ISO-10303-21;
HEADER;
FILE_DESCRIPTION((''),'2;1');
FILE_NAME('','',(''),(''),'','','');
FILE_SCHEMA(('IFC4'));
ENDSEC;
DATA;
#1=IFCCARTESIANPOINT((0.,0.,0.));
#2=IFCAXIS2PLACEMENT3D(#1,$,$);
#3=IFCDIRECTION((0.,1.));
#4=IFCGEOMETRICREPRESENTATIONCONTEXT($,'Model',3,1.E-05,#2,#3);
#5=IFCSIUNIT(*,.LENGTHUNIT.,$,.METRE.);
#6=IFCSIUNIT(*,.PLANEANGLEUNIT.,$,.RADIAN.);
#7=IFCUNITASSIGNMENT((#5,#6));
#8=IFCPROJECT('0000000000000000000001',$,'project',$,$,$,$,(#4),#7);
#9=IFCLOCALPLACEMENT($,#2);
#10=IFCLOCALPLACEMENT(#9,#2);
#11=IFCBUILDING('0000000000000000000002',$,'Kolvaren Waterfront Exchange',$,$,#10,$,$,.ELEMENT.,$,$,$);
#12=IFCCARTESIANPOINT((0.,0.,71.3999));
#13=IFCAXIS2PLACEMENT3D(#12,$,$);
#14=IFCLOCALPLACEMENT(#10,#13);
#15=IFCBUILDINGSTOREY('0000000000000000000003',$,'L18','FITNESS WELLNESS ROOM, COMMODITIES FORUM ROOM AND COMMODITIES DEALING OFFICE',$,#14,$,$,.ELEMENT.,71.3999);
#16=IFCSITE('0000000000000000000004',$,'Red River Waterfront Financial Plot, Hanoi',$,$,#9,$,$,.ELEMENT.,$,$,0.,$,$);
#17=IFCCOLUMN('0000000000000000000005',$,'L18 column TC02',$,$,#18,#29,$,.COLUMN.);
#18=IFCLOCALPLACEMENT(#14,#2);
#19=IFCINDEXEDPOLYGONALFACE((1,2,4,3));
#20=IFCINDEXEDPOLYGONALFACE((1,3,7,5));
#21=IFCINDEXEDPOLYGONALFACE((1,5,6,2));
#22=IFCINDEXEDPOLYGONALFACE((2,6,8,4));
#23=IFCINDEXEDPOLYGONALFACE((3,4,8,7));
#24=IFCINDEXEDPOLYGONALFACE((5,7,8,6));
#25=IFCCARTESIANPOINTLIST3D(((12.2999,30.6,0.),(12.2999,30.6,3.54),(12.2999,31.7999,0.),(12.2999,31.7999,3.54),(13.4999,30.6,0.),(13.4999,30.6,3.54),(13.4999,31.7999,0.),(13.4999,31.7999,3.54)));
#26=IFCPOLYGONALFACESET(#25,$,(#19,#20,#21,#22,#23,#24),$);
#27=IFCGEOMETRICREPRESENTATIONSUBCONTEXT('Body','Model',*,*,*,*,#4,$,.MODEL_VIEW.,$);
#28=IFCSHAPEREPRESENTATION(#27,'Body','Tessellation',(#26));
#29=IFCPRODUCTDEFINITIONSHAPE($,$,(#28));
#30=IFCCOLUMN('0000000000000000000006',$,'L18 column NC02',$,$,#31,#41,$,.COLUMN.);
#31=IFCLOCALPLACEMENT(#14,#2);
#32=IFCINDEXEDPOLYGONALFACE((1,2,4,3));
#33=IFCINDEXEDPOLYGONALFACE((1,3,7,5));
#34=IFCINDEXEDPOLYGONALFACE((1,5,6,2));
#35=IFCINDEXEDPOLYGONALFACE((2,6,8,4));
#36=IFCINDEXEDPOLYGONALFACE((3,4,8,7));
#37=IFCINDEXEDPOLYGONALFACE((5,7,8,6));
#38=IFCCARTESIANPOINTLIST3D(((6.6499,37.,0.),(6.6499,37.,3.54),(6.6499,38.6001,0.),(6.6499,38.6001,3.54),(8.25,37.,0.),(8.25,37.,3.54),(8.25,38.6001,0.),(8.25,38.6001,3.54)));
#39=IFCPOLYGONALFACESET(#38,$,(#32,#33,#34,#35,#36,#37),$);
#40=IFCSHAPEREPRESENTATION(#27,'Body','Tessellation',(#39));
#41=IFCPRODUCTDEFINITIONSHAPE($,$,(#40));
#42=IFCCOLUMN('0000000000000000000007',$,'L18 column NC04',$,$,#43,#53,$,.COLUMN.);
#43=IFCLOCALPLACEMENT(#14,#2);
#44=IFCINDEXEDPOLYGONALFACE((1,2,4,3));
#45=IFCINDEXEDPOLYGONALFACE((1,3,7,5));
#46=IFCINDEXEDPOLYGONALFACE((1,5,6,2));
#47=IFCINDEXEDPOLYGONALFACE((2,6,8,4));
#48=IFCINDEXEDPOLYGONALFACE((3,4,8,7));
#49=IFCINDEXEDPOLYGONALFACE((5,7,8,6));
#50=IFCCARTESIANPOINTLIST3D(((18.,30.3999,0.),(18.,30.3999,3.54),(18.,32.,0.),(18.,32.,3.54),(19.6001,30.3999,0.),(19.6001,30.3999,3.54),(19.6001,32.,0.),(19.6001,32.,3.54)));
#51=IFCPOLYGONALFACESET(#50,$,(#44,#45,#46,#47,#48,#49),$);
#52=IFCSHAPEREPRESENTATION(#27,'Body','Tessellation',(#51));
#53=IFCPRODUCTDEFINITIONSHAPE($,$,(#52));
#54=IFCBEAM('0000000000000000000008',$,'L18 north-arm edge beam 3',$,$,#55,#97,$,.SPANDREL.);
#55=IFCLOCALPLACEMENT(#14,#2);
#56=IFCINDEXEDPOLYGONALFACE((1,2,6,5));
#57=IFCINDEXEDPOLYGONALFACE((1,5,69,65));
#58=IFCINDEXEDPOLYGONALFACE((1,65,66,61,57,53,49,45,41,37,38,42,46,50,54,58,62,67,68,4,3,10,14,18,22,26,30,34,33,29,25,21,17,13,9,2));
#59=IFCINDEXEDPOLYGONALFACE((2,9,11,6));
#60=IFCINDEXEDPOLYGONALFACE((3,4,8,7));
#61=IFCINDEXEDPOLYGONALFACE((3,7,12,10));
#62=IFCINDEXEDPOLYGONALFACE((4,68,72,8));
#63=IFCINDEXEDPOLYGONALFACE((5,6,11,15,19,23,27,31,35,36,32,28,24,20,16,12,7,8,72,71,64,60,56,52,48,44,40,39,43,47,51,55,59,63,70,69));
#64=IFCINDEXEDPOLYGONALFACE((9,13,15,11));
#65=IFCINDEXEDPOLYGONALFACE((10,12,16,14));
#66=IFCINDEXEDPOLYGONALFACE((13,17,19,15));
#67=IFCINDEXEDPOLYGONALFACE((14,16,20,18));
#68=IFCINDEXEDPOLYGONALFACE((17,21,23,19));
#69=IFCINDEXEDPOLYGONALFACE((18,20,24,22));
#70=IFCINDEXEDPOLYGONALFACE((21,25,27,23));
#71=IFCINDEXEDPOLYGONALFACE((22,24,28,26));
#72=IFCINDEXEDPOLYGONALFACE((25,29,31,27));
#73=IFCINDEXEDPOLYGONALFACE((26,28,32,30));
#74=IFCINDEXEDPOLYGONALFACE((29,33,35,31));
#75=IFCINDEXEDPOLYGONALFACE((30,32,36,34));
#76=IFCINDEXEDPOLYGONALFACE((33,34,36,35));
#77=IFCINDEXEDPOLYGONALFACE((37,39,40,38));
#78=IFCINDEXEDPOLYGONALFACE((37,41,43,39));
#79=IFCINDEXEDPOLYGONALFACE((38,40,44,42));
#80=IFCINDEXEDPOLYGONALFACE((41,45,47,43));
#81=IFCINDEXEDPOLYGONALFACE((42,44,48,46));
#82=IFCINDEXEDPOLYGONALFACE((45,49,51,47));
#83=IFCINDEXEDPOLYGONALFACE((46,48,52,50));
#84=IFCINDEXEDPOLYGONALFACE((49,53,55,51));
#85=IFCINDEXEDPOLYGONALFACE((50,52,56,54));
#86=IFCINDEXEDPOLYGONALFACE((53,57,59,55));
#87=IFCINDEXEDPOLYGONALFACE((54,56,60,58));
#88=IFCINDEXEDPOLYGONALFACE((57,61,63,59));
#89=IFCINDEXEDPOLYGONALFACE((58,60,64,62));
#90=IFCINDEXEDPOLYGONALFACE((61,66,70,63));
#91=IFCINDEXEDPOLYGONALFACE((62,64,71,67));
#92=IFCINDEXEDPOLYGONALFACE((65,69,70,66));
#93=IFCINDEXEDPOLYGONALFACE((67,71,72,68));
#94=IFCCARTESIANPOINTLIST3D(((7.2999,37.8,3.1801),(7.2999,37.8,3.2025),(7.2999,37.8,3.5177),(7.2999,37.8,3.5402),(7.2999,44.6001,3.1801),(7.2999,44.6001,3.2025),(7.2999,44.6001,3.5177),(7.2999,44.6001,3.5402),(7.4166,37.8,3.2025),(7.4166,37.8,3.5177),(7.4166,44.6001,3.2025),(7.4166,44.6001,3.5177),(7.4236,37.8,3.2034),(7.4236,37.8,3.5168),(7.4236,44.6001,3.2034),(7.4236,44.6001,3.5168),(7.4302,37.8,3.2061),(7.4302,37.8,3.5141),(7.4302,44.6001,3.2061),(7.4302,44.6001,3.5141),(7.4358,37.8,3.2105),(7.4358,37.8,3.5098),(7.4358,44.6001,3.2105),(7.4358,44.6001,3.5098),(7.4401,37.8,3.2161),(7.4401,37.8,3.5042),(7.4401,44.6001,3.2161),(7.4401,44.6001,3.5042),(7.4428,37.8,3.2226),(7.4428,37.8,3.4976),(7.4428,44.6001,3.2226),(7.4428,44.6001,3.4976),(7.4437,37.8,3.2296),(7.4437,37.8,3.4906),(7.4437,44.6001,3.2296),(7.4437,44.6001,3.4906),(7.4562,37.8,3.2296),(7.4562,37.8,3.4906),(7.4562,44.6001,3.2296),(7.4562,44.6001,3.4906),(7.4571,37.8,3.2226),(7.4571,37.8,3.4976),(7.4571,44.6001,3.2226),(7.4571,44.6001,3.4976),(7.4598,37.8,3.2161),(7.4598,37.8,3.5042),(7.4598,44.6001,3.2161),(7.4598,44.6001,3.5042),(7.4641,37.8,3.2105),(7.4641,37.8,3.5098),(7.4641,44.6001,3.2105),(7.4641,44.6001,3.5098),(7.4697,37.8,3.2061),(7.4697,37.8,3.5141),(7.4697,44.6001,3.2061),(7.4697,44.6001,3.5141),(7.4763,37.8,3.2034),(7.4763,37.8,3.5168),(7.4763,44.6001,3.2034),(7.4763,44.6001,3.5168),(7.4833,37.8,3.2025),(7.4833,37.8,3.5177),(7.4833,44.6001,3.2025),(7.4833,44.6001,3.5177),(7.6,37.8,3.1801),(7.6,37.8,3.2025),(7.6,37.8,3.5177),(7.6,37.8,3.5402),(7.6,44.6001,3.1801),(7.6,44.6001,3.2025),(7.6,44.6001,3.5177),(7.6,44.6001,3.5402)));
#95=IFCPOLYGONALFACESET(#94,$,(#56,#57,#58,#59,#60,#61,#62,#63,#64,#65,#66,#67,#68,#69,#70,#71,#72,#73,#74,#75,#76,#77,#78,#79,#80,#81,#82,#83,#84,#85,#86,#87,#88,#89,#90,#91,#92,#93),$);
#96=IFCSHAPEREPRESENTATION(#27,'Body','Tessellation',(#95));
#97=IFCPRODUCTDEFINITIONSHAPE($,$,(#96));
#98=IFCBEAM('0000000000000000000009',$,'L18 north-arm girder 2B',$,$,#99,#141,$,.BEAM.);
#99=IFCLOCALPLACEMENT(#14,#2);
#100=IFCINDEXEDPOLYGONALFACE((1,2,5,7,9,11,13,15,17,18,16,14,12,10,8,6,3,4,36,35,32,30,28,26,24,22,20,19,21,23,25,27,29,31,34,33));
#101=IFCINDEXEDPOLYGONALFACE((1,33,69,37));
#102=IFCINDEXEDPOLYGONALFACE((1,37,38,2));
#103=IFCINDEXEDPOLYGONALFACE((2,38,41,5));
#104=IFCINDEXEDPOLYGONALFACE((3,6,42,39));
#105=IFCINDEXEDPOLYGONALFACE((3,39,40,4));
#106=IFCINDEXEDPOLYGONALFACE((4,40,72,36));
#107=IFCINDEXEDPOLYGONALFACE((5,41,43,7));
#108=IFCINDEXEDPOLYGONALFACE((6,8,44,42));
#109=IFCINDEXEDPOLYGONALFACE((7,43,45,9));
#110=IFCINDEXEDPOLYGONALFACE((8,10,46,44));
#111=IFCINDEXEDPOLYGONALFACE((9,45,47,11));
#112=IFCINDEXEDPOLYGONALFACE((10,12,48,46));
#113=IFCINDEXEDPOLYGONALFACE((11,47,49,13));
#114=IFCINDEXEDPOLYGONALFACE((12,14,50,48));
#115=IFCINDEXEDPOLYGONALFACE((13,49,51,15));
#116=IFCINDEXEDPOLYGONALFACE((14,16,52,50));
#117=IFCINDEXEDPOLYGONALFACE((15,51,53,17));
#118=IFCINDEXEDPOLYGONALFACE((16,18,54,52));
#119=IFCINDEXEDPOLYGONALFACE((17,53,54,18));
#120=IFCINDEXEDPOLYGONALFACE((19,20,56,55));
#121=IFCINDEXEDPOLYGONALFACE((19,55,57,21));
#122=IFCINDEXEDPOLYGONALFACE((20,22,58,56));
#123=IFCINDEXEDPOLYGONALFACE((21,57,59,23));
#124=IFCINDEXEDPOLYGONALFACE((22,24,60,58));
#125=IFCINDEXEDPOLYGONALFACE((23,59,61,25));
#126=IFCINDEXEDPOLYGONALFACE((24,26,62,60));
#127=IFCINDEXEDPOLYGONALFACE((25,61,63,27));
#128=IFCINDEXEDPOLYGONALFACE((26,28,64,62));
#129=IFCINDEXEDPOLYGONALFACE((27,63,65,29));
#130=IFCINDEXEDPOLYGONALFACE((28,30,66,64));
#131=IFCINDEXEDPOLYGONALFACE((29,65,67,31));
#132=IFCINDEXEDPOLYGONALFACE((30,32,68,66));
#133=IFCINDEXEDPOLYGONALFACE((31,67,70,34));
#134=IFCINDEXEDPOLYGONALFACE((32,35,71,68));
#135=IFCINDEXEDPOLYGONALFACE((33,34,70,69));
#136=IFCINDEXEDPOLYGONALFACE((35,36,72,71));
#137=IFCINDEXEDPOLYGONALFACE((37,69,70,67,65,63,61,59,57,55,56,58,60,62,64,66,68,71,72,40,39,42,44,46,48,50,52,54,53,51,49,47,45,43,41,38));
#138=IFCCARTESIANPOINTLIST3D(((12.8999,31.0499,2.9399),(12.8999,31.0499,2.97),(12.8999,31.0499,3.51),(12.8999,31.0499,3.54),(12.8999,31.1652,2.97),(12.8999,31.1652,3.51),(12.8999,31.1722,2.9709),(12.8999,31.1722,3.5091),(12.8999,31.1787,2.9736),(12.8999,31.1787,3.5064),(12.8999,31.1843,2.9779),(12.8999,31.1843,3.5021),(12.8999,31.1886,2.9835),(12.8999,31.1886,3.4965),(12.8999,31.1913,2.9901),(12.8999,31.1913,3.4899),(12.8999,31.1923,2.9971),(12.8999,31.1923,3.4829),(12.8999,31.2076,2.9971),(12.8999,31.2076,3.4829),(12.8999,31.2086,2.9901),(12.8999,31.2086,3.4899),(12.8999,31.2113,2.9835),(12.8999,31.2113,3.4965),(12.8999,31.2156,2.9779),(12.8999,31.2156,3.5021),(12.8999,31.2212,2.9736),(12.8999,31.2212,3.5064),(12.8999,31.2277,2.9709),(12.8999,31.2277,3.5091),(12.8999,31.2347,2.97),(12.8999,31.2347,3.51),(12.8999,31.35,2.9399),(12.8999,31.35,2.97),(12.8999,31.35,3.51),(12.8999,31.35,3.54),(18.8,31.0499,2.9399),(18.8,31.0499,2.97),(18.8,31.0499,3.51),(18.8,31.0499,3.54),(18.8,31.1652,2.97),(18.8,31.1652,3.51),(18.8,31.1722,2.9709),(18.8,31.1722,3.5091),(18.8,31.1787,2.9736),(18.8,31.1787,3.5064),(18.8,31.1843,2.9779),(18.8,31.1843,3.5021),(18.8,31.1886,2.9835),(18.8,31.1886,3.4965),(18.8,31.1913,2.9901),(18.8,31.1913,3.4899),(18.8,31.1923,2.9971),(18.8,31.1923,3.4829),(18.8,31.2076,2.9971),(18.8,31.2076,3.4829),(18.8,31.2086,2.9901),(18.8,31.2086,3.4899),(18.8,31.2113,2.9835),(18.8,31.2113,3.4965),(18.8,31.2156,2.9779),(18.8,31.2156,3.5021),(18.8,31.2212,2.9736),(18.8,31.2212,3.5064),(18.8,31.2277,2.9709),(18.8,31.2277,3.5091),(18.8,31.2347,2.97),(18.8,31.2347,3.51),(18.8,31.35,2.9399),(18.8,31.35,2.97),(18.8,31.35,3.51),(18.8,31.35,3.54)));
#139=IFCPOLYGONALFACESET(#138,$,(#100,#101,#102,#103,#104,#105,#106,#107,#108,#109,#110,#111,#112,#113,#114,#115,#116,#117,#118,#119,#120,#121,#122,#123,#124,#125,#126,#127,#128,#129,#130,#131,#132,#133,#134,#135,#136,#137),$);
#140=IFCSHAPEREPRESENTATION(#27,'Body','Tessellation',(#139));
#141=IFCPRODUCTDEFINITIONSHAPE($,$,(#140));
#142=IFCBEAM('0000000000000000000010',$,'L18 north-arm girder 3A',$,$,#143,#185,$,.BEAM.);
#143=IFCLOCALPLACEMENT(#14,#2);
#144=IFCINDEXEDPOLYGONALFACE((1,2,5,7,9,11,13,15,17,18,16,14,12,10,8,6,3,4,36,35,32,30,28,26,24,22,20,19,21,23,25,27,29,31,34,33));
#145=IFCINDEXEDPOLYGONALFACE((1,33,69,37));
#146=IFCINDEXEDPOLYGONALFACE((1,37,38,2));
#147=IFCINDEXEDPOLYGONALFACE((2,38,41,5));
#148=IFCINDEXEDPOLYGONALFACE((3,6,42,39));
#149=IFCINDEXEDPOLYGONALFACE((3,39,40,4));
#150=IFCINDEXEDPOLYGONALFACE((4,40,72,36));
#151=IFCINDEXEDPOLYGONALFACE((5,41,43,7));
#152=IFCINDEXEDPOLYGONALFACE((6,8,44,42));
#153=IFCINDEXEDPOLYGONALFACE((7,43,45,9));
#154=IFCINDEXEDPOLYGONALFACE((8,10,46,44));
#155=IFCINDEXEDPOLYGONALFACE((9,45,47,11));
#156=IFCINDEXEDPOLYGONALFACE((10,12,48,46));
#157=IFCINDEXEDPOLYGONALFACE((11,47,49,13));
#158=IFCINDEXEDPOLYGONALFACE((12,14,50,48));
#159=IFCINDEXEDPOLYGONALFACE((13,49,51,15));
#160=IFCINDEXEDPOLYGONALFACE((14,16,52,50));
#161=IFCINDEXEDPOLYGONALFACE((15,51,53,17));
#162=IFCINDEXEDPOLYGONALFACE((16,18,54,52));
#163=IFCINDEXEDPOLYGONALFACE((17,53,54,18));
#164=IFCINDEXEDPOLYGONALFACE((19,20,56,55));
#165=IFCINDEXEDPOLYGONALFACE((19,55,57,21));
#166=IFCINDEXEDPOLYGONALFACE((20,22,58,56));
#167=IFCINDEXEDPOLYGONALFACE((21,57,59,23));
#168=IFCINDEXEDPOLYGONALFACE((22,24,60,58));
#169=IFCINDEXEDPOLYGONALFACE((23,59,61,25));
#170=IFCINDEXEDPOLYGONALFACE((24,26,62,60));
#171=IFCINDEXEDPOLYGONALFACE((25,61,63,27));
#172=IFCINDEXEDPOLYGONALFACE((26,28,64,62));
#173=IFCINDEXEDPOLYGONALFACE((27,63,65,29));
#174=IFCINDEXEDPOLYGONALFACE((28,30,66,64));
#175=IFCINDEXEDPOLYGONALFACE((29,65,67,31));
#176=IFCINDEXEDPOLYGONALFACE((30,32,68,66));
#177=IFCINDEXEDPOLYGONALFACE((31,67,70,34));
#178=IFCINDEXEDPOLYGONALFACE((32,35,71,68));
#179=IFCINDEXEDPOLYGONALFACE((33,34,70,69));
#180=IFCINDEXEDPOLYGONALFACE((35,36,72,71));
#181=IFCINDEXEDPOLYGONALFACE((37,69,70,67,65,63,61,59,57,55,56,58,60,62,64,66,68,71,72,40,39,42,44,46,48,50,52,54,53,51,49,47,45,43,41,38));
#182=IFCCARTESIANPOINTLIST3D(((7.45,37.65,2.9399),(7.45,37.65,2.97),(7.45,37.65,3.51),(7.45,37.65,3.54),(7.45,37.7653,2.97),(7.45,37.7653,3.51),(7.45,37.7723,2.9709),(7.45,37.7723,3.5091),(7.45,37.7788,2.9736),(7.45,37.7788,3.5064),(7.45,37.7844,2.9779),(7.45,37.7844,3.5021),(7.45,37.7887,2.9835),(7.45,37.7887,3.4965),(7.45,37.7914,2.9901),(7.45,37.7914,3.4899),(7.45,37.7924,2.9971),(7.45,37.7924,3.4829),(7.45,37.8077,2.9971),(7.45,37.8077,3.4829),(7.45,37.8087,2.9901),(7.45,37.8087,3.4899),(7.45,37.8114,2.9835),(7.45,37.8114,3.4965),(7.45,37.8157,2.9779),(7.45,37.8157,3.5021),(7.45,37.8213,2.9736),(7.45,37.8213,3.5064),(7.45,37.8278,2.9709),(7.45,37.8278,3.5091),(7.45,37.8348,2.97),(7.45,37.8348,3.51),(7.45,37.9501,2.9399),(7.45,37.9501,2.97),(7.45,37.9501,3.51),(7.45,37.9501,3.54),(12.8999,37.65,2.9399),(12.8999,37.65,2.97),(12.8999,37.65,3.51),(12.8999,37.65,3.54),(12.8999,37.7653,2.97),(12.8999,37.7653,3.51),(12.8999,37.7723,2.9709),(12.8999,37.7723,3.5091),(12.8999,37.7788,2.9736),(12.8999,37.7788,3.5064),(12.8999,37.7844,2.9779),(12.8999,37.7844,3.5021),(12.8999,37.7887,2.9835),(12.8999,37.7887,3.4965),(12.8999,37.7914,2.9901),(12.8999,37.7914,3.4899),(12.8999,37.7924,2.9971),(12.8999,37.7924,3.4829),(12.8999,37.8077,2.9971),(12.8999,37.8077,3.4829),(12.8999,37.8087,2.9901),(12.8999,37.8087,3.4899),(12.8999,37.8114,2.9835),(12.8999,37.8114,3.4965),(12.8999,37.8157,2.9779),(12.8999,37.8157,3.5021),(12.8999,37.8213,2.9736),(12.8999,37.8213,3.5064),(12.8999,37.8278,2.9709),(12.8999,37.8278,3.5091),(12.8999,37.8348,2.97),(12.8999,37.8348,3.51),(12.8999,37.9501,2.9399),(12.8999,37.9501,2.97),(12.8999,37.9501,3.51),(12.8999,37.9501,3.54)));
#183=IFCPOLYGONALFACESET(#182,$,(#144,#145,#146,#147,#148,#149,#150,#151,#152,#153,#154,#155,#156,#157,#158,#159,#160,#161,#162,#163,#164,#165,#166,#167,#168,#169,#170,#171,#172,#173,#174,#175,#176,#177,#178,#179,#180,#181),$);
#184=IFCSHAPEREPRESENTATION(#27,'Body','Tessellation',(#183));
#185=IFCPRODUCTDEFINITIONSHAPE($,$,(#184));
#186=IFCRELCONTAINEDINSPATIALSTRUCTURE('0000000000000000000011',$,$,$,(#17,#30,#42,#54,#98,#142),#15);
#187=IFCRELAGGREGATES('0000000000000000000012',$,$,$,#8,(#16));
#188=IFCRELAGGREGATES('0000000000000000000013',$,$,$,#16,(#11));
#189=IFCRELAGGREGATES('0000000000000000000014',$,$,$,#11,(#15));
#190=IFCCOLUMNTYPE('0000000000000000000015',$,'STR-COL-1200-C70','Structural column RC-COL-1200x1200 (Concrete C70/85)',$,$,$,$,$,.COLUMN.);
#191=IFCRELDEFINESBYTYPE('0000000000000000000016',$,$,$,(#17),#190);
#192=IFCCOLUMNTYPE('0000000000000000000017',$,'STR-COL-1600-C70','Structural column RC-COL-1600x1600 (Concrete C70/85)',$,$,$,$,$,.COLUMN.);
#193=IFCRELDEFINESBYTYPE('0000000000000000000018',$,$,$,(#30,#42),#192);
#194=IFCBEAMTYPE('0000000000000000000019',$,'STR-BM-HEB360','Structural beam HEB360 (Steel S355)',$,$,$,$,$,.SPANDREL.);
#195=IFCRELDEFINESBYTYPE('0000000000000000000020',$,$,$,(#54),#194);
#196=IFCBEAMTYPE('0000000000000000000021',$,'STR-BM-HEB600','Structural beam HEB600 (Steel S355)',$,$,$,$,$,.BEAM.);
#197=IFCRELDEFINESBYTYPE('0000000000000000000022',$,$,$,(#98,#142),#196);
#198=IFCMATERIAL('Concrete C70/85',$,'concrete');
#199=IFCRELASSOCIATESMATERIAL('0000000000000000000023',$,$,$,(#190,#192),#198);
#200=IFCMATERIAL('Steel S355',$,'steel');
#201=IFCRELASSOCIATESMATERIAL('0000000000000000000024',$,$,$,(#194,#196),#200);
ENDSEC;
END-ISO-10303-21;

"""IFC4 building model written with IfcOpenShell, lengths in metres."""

from ifc_helpers import new_model, si_unit, direction, frame, origin, origin_2d, place, context, subcontext, project, spatial, rectangle, i_section, extrude, material, material_profile, profile_set, type_object, element, save


model = new_model("IFC4")

# Units and contexts
model_context = context("Model", 3, precision=1e-05, world=origin(), true_north=direction((0.0, 1.0)))
body_context = subcontext(model_context, "Body", "Model", "MODEL_VIEW")
ifc_project = project(units=[si_unit("LENGTHUNIT", "METRE"), si_unit("PLANEANGLEUNIT", "RADIAN")], contexts=[model_context])

# Site, building, storey
site_placement = place(None, origin())
site = spatial("IfcSite", under=ifc_project, at=site_placement, Name="Red River Waterfront Financial Plot, Hanoi", CompositionType="ELEMENT", RefElevation=0.0)
building_placement = place(site_placement, origin())
building = spatial("IfcBuilding", under=site, at=building_placement, Name="Kolvaren Waterfront Exchange", CompositionType="ELEMENT")
storey_placement = place(building_placement, frame((0.0, 0.0, 71.3999)))
storey = spatial("IfcBuildingStorey", under=building, at=storey_placement, Name="L18", Description="FITNESS WELLNESS ROOM, COMMODITIES FORUM ROOM AND COMMODITIES DEALING OFFICE", CompositionType="ELEMENT", Elevation=71.3999)

# Columns
ifc_material_1 = material(Name="Concrete C70/85", Category="concrete")
ifc_material_profile_1 = material_profile(ifc_material_1, rectangle(XDim=1.2, YDim=1.2, at=origin_2d()), Name="RC-COL-1200x1200")
ifc_profile_set_1 = profile_set([ifc_material_profile_1], Name="Concrete C70/85")
column_type_1 = type_object("IfcColumnType", Name="STR-COL-1200-C70", Description="Structural column RC-COL-1200x1200 (Concrete C70/85)", PredefinedType="COLUMN", material=ifc_profile_set_1)
column_placement = place(storey_placement, frame((12.8999, 31.2, 0.0), z_axis=(0.0, 0.0, 1.0), x_axis=(1.0, 0.0, 0.0)))
element("IfcColumn", 1, at=column_placement, inside=storey, type_object=column_type_1, Name="L18 column TC02", PredefinedType="COLUMN", context=body_context, shape_type="SweptSolid", body=[
    extrude(rectangle(XDim=1.2, YDim=1.2, at=origin_2d()), origin(), (0.0, 0.0, 1.0), 3.54),
])
ifc_material_profile_2 = material_profile(ifc_material_1, rectangle(XDim=1.6001, YDim=1.6001, at=origin_2d()), Name="RC-COL-1600x1600")
ifc_profile_set_2 = profile_set([ifc_material_profile_2], Name="Concrete C70/85")
column_type_2 = type_object("IfcColumnType", Name="STR-COL-1600-C70", Description="Structural column RC-COL-1600x1600 (Concrete C70/85)", PredefinedType="COLUMN", material=ifc_profile_set_2)
for number, where, z_axis, x_axis, name in (
    (2, (7.45, 37.8, 0.0), (0.0, 0.0, 1.0), (1.0, 0.0, 0.0), "L18 column NC02"),
    (3, (18.8, 31.2, 0.0), (0.0, 0.0, 1.0), (1.0, 0.0, 0.0), "L18 column NC04"),
):
    element("IfcColumn", number, at=place(storey_placement, frame(where, z_axis=z_axis, x_axis=x_axis)), inside=storey, type_object=column_type_2, Name=name, PredefinedType="COLUMN", context=body_context, shape_type="SweptSolid", body=[
        extrude(rectangle(XDim=1.6001, YDim=1.6001, at=origin_2d()), origin(), (0.0, 0.0, 1.0), 3.54),
    ])

# Beams
ifc_material_2 = material(Name="Steel S355", Category="steel")
ifc_material_profile_3 = material_profile(ifc_material_2, i_section(OverallWidth=0.3, OverallDepth=0.3601, WebThickness=0.0125, FlangeThickness=0.0225, FilletRadius=0.0271, at=origin_2d()), Name="HEB360")
ifc_profile_set_3 = profile_set([ifc_material_profile_3], Name="Steel S355")
beam_type_1 = type_object("IfcBeamType", Name="STR-BM-HEB360", Description="Structural beam HEB360 (Steel S355)", PredefinedType="SPANDREL", material=ifc_profile_set_3)
beam_1_placement = place(storey_placement, frame((7.45, 37.8, 3.3601), z_axis=(0.0, 1.0, 0.0), x_axis=(-1.0, 0.0, 0.0)))
element("IfcBeam", 4, at=beam_1_placement, inside=storey, type_object=beam_type_1, Name="L18 north-arm edge beam 3", PredefinedType="SPANDREL", context=body_context, shape_type="SweptSolid", body=[
    extrude(i_section(OverallWidth=0.3, OverallDepth=0.3601, WebThickness=0.0125, FlangeThickness=0.0225, FilletRadius=0.0271, at=origin_2d()), origin(), (0.0, 0.0, 1.0), 6.8),
])
ifc_material_profile_4 = material_profile(ifc_material_2, i_section(OverallWidth=0.3, OverallDepth=0.6001, WebThickness=0.0154, FlangeThickness=0.03, FilletRadius=0.0271, at=origin_2d()), Name="HEB600")
ifc_profile_set_4 = profile_set([ifc_material_profile_4], Name="Steel S355")
beam_type_2 = type_object("IfcBeamType", Name="STR-BM-HEB600", Description="Structural beam HEB600 (Steel S355)", PredefinedType="BEAM", material=ifc_profile_set_4)
beam_2_placement = place(storey_placement, frame((12.8999, 31.2, 3.24), z_axis=(1.0, 0.0, 0.0), x_axis=(0.0, 1.0, 0.0)))
element("IfcBeam", 5, at=beam_2_placement, inside=storey, type_object=beam_type_2, Name="L18 north-arm girder 2B", PredefinedType="BEAM", context=body_context, shape_type="SweptSolid", body=[
    extrude(i_section(OverallWidth=0.3, OverallDepth=0.6001, WebThickness=0.0154, FlangeThickness=0.03, FilletRadius=0.0271, at=origin_2d()), origin(), (0.0, 0.0, 1.0), 5.9001),
])
beam_3_placement = place(storey_placement, frame((7.45, 37.8, 3.24), z_axis=(1.0, 0.0, 0.0), x_axis=(0.0, 1.0, 0.0)))
element("IfcBeam", 6, at=beam_3_placement, inside=storey, type_object=beam_type_2, Name="L18 north-arm girder 3A", PredefinedType="BEAM", context=body_context, shape_type="SweptSolid", body=[
    extrude(i_section(OverallWidth=0.3, OverallDepth=0.6001, WebThickness=0.0154, FlangeThickness=0.03, FilletRadius=0.0271, at=origin_2d()), origin(), (0.0, 0.0, 1.0), 5.45),
])

save(model, "model.ifc")
